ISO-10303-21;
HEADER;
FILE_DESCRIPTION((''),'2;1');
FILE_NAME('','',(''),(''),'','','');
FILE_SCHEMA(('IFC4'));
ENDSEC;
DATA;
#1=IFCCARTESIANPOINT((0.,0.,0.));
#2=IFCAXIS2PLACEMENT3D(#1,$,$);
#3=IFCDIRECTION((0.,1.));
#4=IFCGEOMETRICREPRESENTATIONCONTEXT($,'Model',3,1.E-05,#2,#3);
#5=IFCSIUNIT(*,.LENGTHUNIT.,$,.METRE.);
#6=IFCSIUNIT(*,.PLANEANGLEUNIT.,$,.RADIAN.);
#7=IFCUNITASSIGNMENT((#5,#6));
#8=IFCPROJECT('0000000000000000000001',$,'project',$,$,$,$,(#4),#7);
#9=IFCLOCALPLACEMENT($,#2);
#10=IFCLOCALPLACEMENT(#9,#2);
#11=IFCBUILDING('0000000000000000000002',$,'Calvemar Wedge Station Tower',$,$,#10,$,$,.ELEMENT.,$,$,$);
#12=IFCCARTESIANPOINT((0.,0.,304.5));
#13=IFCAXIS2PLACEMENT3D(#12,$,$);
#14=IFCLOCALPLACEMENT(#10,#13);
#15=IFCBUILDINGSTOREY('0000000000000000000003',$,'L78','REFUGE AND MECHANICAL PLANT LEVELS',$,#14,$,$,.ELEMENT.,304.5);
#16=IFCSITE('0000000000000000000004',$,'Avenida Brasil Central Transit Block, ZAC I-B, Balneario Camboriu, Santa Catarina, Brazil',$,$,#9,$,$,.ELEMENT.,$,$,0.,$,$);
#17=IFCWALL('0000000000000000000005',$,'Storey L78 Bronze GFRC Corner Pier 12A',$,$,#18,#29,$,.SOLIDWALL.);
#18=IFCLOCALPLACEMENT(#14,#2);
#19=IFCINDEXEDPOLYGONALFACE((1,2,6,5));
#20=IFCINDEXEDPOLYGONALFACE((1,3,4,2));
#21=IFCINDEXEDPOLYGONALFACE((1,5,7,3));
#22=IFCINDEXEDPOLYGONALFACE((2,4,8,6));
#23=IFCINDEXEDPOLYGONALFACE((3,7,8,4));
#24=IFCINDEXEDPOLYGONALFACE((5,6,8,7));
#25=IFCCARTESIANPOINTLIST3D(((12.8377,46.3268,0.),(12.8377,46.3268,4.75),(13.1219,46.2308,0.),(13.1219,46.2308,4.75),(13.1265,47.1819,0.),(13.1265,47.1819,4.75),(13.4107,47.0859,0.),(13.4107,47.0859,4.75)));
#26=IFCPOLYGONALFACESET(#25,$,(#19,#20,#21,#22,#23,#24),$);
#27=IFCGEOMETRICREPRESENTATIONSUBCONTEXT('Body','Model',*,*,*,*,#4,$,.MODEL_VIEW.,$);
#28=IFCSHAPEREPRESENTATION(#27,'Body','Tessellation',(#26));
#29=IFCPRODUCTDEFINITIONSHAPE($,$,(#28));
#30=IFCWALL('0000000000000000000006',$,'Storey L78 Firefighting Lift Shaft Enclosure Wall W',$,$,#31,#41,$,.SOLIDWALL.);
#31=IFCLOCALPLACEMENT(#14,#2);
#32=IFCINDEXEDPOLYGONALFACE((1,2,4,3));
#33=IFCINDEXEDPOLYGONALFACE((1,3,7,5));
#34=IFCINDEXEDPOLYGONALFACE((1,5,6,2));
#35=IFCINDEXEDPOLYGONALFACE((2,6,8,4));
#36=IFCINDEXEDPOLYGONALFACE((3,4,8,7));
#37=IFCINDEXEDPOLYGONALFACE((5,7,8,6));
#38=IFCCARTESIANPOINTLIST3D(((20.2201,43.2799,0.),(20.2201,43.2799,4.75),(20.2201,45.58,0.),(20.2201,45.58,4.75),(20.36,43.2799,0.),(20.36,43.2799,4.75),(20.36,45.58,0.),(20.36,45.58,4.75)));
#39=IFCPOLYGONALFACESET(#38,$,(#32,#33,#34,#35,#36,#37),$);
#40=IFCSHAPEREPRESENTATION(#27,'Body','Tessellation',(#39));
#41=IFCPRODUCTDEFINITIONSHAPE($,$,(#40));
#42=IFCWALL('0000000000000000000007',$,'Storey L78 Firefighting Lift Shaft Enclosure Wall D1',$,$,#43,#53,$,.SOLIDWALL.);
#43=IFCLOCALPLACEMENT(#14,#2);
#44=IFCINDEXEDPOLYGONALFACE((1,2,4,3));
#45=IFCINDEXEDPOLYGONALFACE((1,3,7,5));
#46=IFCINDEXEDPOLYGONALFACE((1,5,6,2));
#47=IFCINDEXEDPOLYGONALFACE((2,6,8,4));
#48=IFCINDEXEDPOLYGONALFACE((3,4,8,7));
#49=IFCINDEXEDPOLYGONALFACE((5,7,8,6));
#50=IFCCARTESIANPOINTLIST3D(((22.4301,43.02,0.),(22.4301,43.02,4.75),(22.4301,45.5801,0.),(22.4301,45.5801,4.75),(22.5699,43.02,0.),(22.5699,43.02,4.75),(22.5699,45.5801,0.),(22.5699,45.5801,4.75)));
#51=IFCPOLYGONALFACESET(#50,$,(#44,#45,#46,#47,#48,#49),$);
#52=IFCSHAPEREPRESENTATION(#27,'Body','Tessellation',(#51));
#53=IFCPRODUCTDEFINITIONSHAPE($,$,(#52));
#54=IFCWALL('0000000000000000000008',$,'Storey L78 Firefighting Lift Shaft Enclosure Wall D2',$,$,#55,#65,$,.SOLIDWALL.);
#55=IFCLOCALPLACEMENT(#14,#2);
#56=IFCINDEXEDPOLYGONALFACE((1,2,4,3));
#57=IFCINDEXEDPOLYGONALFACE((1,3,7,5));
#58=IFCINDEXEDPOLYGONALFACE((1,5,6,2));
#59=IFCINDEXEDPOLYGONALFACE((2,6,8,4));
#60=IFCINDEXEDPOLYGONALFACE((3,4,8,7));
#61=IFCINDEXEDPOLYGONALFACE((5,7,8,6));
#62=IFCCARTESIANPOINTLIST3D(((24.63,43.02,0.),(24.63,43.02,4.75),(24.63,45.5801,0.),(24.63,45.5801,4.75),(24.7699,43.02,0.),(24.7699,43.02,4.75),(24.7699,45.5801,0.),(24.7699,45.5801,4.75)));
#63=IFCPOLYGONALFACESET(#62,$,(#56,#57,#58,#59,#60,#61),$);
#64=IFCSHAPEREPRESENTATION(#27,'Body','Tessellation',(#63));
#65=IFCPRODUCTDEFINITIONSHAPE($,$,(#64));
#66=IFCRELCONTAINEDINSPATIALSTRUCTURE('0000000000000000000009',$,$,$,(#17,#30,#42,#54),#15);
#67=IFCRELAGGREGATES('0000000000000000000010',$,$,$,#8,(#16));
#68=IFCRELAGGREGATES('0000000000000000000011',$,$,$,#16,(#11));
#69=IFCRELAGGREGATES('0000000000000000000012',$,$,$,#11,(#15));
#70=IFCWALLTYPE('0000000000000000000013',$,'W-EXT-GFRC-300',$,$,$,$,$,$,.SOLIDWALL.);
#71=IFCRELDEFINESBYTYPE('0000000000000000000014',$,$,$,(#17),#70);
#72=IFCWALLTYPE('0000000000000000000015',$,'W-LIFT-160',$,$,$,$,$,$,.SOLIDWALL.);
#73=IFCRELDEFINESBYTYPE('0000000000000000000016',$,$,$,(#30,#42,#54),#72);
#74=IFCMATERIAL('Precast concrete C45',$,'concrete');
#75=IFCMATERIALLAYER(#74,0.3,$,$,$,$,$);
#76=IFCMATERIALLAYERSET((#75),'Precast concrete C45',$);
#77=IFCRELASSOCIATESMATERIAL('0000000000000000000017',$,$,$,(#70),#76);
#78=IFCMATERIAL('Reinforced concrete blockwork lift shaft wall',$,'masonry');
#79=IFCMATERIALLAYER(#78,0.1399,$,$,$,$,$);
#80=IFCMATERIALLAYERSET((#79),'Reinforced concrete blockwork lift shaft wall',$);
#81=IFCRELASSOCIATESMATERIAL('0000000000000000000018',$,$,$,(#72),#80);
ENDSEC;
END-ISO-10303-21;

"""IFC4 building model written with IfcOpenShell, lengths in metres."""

from ifc_helpers import new_model, si_unit, direction, frame, frame_2d, origin, place, context, subcontext, project, spatial, rectangle, extrude, material, layer, layer_set, type_object, element, save


model = new_model("IFC4")

# Units and contexts
model_context = context("Model", 3, precision=1e-05, world=origin(), true_north=direction((0.0, 1.0)))
body_context = subcontext(model_context, "Body", "Model", "MODEL_VIEW")
ifc_project = project(units=[si_unit("LENGTHUNIT", "METRE"), si_unit("PLANEANGLEUNIT", "RADIAN")], contexts=[model_context])

# Site, building, storey
site_placement = place(None, origin())
site = spatial("IfcSite", under=ifc_project, at=site_placement, Name="Avenida Brasil Central Transit Block, ZAC I-B, Balneario Camboriu, Santa Catarina, Brazil", CompositionType="ELEMENT", RefElevation=0.0)
building_placement = place(site_placement, origin())
building = spatial("IfcBuilding", under=site, at=building_placement, Name="Calvemar Wedge Station Tower", CompositionType="ELEMENT")
storey_placement = place(building_placement, frame((0.0, 0.0, 304.5)))
storey = spatial("IfcBuildingStorey", under=building, at=storey_placement, Name="L78", Description="REFUGE AND MECHANICAL PLANT LEVELS", CompositionType="ELEMENT", Elevation=304.5)

# Wall
ifc_material_1 = material(Name="Precast concrete C45", Category="concrete")
ifc_layer_1 = layer(ifc_material_1, 0.3)
ifc_layer_set_1 = layer_set([ifc_layer_1], Name="Precast concrete C45")
wall_type_1 = type_object("IfcWallType", Name="W-EXT-GFRC-300", PredefinedType="SOLIDWALL", material=ifc_layer_set_1)
wall_1_placement = place(storey_placement, frame((13.2686, 47.1338, 0.0), z_axis=(0.0, 0.0, 1.0), x_axis=(-0.319958, -0.947432, 0.0)))
element("IfcWall", 1, at=wall_1_placement, inside=storey, type_object=wall_type_1, Name="Storey L78 Bronze GFRC Corner Pier 12A", PredefinedType="SOLIDWALL", context=body_context, shape_type="SweptSolid", body=[
    extrude(rectangle(XDim=0.9026, YDim=0.3, at=frame_2d((0.4512, 0.0))), origin(), (0.0, 0.0, 1.0), 4.75),
])

# Shared definitions
ifc_material_2 = material(Name="Reinforced concrete blockwork lift shaft wall", Category="masonry")
ifc_layer_2 = layer(ifc_material_2, 0.1399)
ifc_layer_set_2 = layer_set([ifc_layer_2], Name="Reinforced concrete blockwork lift shaft wall")
wall_type_2 = type_object("IfcWallType", Name="W-LIFT-160", PredefinedType="SOLIDWALL", material=ifc_layer_set_2)

# Walls
wall_2_placement = place(storey_placement, frame((20.29, 43.28, 0.0), z_axis=(0.0, 0.0, 1.0), x_axis=(0.0, 1.0, 0.0)))
element("IfcWall", 2, at=wall_2_placement, inside=storey, type_object=wall_type_2, Name="Storey L78 Firefighting Lift Shaft Enclosure Wall W", PredefinedType="SOLIDWALL", context=body_context, shape_type="SweptSolid", body=[
    extrude(rectangle(XDim=2.3, YDim=0.1399, at=frame_2d((1.1499, 0.0))), origin(), (0.0, 0.0, 1.0), 4.75),
])
for number, where, z_axis, x_axis, name in (
    (3, (22.5, 43.02, 0.0), (0.0, 0.0, 1.0), (0.0, 1.0, 0.0), "Storey L78 Firefighting Lift Shaft Enclosure Wall D1"),
    (4, (24.7, 43.02, 0.0), (0.0, 0.0, 1.0), (0.0, 1.0, 0.0), "Storey L78 Firefighting Lift Shaft Enclosure Wall D2"),
):
    element("IfcWall", number, at=place(storey_placement, frame(where, z_axis=z_axis, x_axis=x_axis)), inside=storey, type_object=wall_type_2, Name=name, PredefinedType="SOLIDWALL", context=body_context, shape_type="SweptSolid", body=[
        extrude(rectangle(XDim=2.5601, YDim=0.1399, at=frame_2d((1.28, 0.0))), origin(), (0.0, 0.0, 1.0), 4.75),
    ])

save(model, "model.ifc")
